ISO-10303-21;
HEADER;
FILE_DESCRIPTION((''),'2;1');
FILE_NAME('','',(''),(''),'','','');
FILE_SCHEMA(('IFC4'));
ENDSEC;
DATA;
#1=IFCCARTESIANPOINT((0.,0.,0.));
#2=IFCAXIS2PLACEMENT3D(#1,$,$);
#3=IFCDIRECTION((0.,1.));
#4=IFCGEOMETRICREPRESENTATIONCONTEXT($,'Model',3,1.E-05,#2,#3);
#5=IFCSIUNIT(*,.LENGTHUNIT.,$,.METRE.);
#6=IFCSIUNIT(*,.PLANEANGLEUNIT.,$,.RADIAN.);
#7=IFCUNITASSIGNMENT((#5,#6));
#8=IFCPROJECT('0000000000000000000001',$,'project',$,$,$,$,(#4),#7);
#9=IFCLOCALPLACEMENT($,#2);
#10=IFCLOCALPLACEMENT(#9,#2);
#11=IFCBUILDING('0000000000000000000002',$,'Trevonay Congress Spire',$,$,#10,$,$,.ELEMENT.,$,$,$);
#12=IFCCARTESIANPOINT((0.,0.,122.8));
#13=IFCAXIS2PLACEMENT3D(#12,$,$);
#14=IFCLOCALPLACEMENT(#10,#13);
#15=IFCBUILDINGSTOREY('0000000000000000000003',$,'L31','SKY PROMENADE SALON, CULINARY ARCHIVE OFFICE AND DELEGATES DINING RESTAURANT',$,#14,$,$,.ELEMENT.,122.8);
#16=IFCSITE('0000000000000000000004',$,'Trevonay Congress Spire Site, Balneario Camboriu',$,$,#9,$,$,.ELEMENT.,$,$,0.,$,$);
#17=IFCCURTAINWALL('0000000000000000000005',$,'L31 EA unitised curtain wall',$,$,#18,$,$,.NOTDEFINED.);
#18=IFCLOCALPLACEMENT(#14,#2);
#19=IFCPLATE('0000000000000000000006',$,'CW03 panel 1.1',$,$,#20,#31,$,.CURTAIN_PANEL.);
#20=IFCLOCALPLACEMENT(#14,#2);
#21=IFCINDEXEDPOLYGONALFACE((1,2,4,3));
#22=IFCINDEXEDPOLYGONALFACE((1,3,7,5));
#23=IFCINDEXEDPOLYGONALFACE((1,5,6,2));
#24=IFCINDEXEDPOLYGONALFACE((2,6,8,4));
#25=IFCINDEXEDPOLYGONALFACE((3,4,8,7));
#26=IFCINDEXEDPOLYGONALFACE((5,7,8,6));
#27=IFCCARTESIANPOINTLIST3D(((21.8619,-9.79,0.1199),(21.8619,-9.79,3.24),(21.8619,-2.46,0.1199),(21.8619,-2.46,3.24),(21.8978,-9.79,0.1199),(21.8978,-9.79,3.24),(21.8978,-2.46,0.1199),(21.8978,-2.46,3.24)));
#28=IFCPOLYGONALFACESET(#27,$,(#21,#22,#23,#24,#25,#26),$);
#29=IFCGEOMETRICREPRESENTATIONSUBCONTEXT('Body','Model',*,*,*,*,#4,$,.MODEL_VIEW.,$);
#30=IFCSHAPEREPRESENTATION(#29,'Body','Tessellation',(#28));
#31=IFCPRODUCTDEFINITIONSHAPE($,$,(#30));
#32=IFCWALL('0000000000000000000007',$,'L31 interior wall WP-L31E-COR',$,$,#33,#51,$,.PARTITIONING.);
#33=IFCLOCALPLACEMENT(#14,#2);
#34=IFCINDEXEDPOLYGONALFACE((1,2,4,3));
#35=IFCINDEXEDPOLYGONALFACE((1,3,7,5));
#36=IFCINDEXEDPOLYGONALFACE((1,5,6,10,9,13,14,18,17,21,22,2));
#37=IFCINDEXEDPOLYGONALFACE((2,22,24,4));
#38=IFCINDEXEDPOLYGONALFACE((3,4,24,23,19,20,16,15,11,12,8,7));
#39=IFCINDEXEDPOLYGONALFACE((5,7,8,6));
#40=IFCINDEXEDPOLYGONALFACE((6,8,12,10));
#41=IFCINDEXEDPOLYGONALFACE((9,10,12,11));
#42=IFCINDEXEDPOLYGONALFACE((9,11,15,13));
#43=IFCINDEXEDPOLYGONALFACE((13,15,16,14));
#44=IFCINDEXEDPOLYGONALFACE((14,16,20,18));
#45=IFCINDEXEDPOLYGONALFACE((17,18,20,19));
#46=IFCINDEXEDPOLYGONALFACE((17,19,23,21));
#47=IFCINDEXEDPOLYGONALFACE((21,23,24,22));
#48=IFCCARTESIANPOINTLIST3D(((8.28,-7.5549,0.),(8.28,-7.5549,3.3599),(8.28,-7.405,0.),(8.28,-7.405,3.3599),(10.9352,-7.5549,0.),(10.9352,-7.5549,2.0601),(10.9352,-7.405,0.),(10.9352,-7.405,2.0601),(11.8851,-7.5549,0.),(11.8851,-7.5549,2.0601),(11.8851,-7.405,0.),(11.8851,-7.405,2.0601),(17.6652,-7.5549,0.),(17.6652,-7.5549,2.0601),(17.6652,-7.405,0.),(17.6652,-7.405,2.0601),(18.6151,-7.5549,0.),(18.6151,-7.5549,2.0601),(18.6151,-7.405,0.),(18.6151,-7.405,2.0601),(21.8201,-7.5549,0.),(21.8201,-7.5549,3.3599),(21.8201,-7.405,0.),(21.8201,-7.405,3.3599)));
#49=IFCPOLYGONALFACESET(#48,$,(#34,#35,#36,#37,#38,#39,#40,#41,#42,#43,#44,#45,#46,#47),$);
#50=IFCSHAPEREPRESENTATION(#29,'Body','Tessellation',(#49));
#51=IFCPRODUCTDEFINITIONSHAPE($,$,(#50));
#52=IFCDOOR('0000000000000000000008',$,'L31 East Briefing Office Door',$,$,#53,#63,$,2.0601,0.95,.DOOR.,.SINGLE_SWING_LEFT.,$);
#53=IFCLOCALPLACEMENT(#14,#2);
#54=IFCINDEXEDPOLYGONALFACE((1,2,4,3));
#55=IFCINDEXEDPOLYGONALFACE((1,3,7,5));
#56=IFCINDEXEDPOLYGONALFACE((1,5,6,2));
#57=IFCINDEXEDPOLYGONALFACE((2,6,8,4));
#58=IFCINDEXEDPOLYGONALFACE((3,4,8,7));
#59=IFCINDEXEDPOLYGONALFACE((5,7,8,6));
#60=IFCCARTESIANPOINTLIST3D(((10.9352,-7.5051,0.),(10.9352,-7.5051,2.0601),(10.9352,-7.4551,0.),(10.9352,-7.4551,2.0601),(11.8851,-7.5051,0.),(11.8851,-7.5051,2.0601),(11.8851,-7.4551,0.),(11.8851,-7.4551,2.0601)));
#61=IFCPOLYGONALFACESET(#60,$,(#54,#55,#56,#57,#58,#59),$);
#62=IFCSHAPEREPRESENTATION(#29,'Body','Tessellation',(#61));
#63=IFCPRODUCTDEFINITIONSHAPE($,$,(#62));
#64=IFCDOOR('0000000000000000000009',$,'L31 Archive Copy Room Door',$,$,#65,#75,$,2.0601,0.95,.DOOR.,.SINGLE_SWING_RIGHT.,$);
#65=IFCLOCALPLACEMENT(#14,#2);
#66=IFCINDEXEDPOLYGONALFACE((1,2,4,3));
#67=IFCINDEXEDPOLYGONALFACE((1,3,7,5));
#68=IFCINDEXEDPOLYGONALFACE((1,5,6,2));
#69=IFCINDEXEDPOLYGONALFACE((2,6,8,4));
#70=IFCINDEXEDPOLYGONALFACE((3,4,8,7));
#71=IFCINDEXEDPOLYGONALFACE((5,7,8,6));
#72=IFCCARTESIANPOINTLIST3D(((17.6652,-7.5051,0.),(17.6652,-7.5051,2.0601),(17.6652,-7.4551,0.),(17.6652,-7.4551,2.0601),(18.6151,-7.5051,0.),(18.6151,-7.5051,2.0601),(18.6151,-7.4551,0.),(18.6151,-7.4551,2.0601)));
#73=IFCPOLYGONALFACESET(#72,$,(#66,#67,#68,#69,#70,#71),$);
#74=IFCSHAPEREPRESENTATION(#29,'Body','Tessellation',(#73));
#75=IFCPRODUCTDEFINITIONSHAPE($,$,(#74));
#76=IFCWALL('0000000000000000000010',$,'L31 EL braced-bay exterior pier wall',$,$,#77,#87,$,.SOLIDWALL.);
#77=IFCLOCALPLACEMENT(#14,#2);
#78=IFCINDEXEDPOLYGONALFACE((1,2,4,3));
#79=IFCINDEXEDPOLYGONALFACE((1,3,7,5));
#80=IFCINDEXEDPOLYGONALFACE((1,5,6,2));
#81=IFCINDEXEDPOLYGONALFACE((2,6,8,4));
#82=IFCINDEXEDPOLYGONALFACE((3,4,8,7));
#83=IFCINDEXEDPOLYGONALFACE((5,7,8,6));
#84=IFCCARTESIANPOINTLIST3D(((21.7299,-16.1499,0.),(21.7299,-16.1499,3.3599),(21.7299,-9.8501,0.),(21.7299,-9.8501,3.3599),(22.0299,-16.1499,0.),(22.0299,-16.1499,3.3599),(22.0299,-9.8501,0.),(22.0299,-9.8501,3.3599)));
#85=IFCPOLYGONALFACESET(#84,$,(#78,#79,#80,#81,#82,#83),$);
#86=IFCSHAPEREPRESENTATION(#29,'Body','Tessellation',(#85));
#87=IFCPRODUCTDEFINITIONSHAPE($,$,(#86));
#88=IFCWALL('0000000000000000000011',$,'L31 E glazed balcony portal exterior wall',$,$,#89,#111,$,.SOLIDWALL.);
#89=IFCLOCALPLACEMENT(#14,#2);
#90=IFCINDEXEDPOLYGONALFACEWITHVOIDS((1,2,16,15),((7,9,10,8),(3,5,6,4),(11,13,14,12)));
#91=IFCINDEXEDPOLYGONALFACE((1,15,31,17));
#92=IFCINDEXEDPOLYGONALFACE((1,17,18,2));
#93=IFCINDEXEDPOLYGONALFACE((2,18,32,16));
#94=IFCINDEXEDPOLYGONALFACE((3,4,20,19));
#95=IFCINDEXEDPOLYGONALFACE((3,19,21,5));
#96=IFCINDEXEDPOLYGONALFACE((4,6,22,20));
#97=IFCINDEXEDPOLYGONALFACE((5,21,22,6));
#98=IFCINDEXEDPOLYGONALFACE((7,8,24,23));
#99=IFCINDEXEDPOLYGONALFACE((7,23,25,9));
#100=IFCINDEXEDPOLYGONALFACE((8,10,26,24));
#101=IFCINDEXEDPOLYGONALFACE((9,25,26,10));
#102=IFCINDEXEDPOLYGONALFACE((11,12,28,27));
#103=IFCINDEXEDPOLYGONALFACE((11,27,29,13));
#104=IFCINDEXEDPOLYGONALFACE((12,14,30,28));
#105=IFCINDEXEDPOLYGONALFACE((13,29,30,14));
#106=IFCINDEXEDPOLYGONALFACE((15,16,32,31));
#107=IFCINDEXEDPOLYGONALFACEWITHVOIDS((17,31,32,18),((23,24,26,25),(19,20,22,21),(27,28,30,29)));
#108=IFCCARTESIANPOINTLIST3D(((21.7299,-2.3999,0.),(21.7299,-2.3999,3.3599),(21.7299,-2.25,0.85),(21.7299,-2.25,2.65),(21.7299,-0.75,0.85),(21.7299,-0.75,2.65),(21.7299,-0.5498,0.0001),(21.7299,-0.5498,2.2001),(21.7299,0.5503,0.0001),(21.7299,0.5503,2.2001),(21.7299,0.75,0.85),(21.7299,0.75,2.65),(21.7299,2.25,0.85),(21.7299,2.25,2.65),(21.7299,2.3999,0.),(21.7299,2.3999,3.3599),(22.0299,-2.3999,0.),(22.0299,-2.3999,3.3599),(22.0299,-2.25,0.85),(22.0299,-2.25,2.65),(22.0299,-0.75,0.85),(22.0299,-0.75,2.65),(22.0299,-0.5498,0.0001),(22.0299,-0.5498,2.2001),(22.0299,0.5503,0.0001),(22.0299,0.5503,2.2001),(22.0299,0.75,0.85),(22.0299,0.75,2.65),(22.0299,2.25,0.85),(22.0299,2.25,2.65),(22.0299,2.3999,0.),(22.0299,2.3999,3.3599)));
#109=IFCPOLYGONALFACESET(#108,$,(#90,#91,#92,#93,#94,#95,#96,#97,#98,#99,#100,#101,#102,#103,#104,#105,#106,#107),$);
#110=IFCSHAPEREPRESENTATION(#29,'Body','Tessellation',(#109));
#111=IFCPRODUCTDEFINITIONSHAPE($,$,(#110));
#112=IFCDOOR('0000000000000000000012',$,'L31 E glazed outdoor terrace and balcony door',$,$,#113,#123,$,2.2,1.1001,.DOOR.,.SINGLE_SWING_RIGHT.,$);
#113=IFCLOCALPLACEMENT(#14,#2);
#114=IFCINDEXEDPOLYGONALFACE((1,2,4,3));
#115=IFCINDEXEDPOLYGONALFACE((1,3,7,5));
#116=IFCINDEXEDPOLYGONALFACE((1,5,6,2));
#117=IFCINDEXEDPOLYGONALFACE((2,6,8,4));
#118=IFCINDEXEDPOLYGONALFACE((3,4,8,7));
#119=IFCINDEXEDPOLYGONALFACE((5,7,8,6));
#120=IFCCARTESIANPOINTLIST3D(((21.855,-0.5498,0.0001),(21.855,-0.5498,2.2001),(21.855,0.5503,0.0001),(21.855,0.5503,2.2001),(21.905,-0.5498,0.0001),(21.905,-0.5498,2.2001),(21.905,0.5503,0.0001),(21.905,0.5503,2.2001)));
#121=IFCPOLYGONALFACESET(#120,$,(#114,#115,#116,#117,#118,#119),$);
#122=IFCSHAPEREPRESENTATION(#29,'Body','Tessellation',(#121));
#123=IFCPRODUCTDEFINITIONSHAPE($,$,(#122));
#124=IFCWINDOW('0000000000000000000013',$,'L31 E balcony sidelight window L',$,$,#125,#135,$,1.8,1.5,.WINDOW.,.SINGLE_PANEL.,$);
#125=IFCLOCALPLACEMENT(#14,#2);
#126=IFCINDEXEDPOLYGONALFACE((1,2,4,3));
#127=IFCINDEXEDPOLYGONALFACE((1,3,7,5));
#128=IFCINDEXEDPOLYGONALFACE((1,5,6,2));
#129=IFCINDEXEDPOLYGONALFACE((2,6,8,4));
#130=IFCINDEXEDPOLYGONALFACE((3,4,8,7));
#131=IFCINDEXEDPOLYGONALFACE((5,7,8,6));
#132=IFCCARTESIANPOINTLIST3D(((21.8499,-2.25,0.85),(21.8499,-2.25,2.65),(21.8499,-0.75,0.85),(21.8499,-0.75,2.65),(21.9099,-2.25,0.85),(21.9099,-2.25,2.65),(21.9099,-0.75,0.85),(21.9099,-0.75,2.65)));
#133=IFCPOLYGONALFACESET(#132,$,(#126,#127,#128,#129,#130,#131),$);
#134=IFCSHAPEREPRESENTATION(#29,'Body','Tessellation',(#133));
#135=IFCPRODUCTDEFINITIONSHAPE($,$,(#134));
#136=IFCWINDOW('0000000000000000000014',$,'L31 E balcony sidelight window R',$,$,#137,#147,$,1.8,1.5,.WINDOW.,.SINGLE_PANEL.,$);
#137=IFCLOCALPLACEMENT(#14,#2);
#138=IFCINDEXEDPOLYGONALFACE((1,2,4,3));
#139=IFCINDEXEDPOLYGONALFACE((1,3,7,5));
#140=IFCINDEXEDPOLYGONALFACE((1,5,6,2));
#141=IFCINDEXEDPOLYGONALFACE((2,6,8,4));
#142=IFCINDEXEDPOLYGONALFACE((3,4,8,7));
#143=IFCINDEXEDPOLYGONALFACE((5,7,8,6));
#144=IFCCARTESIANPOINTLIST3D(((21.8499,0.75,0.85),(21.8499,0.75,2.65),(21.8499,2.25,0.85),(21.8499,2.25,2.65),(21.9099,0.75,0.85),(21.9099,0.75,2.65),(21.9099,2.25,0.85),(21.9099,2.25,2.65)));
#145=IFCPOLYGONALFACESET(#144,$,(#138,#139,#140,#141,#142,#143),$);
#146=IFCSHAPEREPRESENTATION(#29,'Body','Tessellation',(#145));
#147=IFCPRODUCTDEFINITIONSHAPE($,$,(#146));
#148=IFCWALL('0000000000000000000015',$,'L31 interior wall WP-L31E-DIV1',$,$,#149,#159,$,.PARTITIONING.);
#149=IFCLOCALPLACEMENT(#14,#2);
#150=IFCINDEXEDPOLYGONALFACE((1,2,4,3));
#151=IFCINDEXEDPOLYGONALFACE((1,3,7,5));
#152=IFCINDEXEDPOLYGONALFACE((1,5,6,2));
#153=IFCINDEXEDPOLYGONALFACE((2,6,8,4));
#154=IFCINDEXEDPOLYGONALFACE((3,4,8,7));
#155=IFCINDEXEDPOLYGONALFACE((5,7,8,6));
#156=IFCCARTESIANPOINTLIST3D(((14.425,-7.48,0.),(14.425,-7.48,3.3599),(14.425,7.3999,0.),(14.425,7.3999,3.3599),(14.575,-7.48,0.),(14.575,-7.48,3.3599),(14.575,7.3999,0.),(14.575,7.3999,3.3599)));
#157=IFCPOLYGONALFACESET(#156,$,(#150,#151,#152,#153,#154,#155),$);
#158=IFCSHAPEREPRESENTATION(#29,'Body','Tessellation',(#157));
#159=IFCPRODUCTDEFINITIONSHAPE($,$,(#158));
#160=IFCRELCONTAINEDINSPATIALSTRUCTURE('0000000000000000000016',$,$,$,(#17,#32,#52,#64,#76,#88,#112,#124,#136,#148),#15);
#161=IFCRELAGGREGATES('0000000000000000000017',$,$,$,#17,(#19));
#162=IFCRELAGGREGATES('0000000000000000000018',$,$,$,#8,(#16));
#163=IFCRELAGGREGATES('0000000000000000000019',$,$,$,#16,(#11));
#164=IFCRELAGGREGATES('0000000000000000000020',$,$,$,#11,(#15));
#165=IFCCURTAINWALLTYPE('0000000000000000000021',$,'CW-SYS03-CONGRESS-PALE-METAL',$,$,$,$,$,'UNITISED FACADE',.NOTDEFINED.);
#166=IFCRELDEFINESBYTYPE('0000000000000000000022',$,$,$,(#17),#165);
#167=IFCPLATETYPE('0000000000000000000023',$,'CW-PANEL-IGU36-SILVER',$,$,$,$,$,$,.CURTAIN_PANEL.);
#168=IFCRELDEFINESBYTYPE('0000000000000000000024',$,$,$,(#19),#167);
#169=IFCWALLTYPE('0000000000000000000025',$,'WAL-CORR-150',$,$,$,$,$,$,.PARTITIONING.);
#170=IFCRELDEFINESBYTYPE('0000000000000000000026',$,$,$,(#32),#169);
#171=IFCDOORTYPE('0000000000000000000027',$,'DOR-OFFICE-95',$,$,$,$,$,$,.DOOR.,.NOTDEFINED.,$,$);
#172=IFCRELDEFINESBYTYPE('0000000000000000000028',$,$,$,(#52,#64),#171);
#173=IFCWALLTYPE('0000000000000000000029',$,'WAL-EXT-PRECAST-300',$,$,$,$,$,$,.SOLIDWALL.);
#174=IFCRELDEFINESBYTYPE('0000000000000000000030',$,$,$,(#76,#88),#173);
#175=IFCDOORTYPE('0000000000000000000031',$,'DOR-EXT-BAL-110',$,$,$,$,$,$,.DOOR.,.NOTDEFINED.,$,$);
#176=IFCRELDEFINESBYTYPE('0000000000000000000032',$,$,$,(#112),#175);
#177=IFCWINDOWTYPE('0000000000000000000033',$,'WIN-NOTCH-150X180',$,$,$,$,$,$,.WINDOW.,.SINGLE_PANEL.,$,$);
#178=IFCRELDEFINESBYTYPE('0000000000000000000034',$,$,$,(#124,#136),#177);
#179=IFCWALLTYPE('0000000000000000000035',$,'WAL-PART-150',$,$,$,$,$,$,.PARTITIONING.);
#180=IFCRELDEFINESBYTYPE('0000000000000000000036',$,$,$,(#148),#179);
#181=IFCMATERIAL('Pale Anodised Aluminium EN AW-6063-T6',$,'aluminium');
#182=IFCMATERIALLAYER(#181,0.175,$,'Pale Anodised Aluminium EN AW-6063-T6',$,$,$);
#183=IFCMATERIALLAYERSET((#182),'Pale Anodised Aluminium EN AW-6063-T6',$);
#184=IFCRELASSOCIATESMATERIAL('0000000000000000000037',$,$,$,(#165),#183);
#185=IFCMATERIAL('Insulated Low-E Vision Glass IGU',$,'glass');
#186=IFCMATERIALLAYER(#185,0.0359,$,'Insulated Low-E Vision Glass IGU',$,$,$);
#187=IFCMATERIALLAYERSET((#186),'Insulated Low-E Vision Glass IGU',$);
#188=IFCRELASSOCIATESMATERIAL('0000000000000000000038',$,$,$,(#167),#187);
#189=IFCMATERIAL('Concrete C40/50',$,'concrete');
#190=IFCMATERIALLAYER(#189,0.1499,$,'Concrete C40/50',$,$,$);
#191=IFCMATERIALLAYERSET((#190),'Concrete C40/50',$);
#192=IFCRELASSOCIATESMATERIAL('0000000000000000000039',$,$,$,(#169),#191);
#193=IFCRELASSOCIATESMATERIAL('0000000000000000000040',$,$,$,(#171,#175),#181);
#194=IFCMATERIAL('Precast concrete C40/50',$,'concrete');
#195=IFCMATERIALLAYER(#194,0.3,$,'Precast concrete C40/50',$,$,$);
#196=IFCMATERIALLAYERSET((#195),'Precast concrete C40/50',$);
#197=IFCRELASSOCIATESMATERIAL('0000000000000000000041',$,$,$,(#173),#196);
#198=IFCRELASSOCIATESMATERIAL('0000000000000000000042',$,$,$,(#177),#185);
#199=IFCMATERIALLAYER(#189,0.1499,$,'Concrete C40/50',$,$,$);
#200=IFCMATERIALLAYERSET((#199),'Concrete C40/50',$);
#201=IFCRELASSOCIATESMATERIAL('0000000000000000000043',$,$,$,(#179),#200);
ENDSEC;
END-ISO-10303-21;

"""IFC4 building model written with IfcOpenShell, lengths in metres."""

from ifc_helpers import new_model, si_unit, direction, frame, frame_2d, origin, origin_2d, place, context, subcontext, project, spatial, rectangle, extrude, material, layer, layer_set, type_object, element, fill, aggregate, save


model = new_model("IFC4")

# Units and contexts
model_context = context("Model", 3, precision=1e-05, world=origin(), true_north=direction((0.0, 1.0)))
body_context = subcontext(model_context, "Body", "Model", "MODEL_VIEW")
ifc_project = project(units=[si_unit("LENGTHUNIT", "METRE"), si_unit("PLANEANGLEUNIT", "RADIAN")], contexts=[model_context])

# Site, building, storey
site_placement = place(None, origin())
site = spatial("IfcSite", under=ifc_project, at=site_placement, Name="Trevonay Congress Spire Site, Balneario Camboriu", CompositionType="ELEMENT", RefElevation=0.0)
building_placement = place(site_placement, origin())
building = spatial("IfcBuilding", under=site, at=building_placement, Name="Trevonay Congress Spire", CompositionType="ELEMENT")
storey_placement = place(building_placement, frame((0.0, 0.0, 122.8)))
storey = spatial("IfcBuildingStorey", under=building, at=storey_placement, Name="L31", Description="SKY PROMENADE SALON, CULINARY ARCHIVE OFFICE AND DELEGATES DINING RESTAURANT", CompositionType="ELEMENT", Elevation=122.8)

# Curtain wall, plate
ifc_material_1 = material(Name="Pale Anodised Aluminium EN AW-6063-T6", Category="aluminium")
ifc_layer_1 = layer(ifc_material_1, 0.175, Name="Pale Anodised Aluminium EN AW-6063-T6")
ifc_layer_set_1 = layer_set([ifc_layer_1], Name="Pale Anodised Aluminium EN AW-6063-T6")
curtain_wall_type = type_object("IfcCurtainWallType", Name="CW-SYS03-CONGRESS-PALE-METAL", ElementType="UNITISED FACADE", PredefinedType="NOTDEFINED", material=ifc_layer_set_1)
curtain_wall_placement = place(storey_placement, origin())
curtain_wall = element("IfcCurtainWall", 1, at=curtain_wall_placement, inside=storey, type_object=curtain_wall_type, Name="L31 EA unitised curtain wall", PredefinedType="NOTDEFINED")
ifc_material_2 = material(Name="Insulated Low-E Vision Glass IGU", Category="glass")
ifc_layer_2 = layer(ifc_material_2, 0.0359, Name="Insulated Low-E Vision Glass IGU")
ifc_layer_set_2 = layer_set([ifc_layer_2], Name="Insulated Low-E Vision Glass IGU")
plate_type = type_object("IfcPlateType", Name="CW-PANEL-IGU36-SILVER", PredefinedType="CURTAIN_PANEL", material=ifc_layer_set_2)
plate_placement = place(storey_placement, frame((21.8799, -6.125, 0.1199), z_axis=(0.0, 0.0, 1.0), x_axis=(0.0, 1.0, 0.0)))
plate = element("IfcPlate", 2, at=plate_placement, type_object=plate_type, Name="CW03 panel 1.1", PredefinedType="CURTAIN_PANEL", context=body_context, shape_type="SweptSolid", body=[
    extrude(rectangle(XDim=7.3301, YDim=0.0359, at=origin_2d()), origin(), (0.0, 0.0, 1.0), 3.1201),
])
aggregate(curtain_wall, [plate])

# Wall, openings, doors
ifc_material_3 = material(Name="Concrete C40/50", Category="concrete")
ifc_layer_3 = layer(ifc_material_3, 0.1499, Name="Concrete C40/50")
ifc_layer_set_3 = layer_set([ifc_layer_3], Name="Concrete C40/50")
wall_type_1 = type_object("IfcWallType", Name="WAL-CORR-150", PredefinedType="PARTITIONING", material=ifc_layer_set_3)
wall_1_placement = place(storey_placement, frame((8.28, -7.48, 0.0), z_axis=(0.0, 0.0, 1.0), x_axis=(1.0, 0.0, 0.0)))
wall_1 = element("IfcWall", 3, at=wall_1_placement, inside=storey, type_object=wall_type_1, Name="L31 interior wall WP-L31E-COR", PredefinedType="PARTITIONING", context=body_context, shape_type="SweptSolid", body=[
    extrude(rectangle(XDim=13.54, YDim=0.1499, at=frame_2d((6.77, 0.0))), origin(), (0.0, 0.0, 1.0), 3.3599),
])
opening_1_placement = place(wall_1_placement, frame((2.655, 0.0, 0.0)))
opening_1 = element("IfcOpeningElement", 4, at=opening_1_placement, cuts=wall_1, PredefinedType="OPENING", context=body_context, shape_type="SweptSolid", body=[
    extrude(rectangle(XDim=0.95, YDim=2.0601, at=frame_2d((0.4751, 1.03))), frame((0.0, 0.085, 0.0), z_axis=(0.0, -1.0, 0.0), x_axis=(1.0, 0.0, 0.0)), (0.0, 0.0, 1.0), 0.1699),
])
opening_2_placement = place(wall_1_placement, frame((9.385, 0.0, 0.0)))
opening_2 = element("IfcOpeningElement", 5, at=opening_2_placement, cuts=wall_1, PredefinedType="OPENING", context=body_context, shape_type="SweptSolid", body=[
    extrude(rectangle(XDim=0.95, YDim=2.0601, at=frame_2d((0.4751, 1.03))), frame((0.0, 0.085, 0.0), z_axis=(0.0, -1.0, 0.0), x_axis=(1.0, 0.0, 0.0)), (0.0, 0.0, 1.0), 0.1699),
])
door_type_1 = type_object("IfcDoorType", Name="DOR-OFFICE-95", OperationType="NOTDEFINED", PredefinedType="DOOR", material=ifc_material_1)
door_1_placement = place(opening_1_placement, origin())
door_1 = element("IfcDoor", 6, at=door_1_placement, inside=storey, type_object=door_type_1, Name="L31 East Briefing Office Door", OperationType="SINGLE_SWING_LEFT", OverallHeight=2.0601, OverallWidth=0.95, PredefinedType="DOOR", context=body_context, shape_type="SweptSolid", body=[
    extrude(rectangle(XDim=0.95, YDim=2.0601, at=frame_2d((0.4751, 1.03))), frame((0.0, 0.0249, 0.0), z_axis=(0.0, -1.0, 0.0), x_axis=(1.0, 0.0, 0.0)), (0.0, 0.0, 1.0), 0.05),
])
fill(opening_1, door_1)
door_2_placement = place(opening_2_placement, origin())
door_2 = element("IfcDoor", 7, at=door_2_placement, inside=storey, type_object=door_type_1, Name="L31 Archive Copy Room Door", OperationType="SINGLE_SWING_RIGHT", OverallHeight=2.0601, OverallWidth=0.95, PredefinedType="DOOR", context=body_context, shape_type="SweptSolid", body=[
    extrude(rectangle(XDim=0.95, YDim=2.0601, at=frame_2d((0.4751, 1.03))), frame((0.0, 0.0249, 0.0), z_axis=(0.0, -1.0, 0.0), x_axis=(1.0, 0.0, 0.0)), (0.0, 0.0, 1.0), 0.05),
])
fill(opening_2, door_2)

# Wall
ifc_material_4 = material(Name="Precast concrete C40/50", Category="concrete")
ifc_layer_4 = layer(ifc_material_4, 0.3, Name="Precast concrete C40/50")
ifc_layer_set_4 = layer_set([ifc_layer_4], Name="Precast concrete C40/50")
wall_type_2 = type_object("IfcWallType", Name="WAL-EXT-PRECAST-300", PredefinedType="SOLIDWALL", material=ifc_layer_set_4)
wall_2_placement = place(storey_placement, frame((21.8799, -16.1499, 0.0), z_axis=(0.0, 0.0, 1.0), x_axis=(0.0, 1.0, 0.0)))
element("IfcWall", 8, at=wall_2_placement, inside=storey, type_object=wall_type_2, Name="L31 EL braced-bay exterior pier wall", PredefinedType="SOLIDWALL", context=body_context, shape_type="SweptSolid", body=[
    extrude(rectangle(XDim=6.2998, YDim=0.3, at=frame_2d((3.1499, 0.0))), origin(), (0.0, 0.0, 1.0), 3.3599),
])

# Wall, openings, door, windows
wall_3_placement = place(storey_placement, frame((21.8799, -2.3999, 0.0), z_axis=(0.0, 0.0, 1.0), x_axis=(0.0, 1.0, 0.0)))
wall_3 = element("IfcWall", 9, at=wall_3_placement, inside=storey, type_object=wall_type_2, Name="L31 E glazed balcony portal exterior wall", PredefinedType="SOLIDWALL", context=body_context, shape_type="SweptSolid", body=[
    extrude(rectangle(XDim=4.7998, YDim=0.3, at=frame_2d((2.3999, 0.0))), origin(), (0.0, 0.0, 1.0), 3.3599),
])
opening_3_placement = place(wall_3_placement, frame((1.8501, 0.0, 0.0)))
opening_3 = element("IfcOpeningElement", 10, at=opening_3_placement, cuts=wall_3, PredefinedType="OPENING", context=body_context, shape_type="SweptSolid", body=[
    extrude(rectangle(XDim=1.1001, YDim=2.2, at=frame_2d((0.55, 1.1001))), frame((0.0, 0.1602, 0.0), z_axis=(0.0, -1.0, 0.0), x_axis=(1.0, 0.0, 0.0)), (0.0, 0.0, 1.0), 0.3201),
])
opening_4_placement = place(wall_3_placement, frame((0.1499, 0.0, 0.8501)))
opening_4 = element("IfcOpeningElement", 11, at=opening_4_placement, cuts=wall_3, PredefinedType="OPENING", context=body_context, shape_type="SweptSolid", body=[
    extrude(rectangle(XDim=1.5, YDim=1.8, at=frame_2d((0.75, 0.8999))), frame((0.0, 0.1602, 0.0), z_axis=(0.0, -1.0, 0.0), x_axis=(1.0, 0.0, 0.0)), (0.0, 0.0, 1.0), 0.3201),
])
opening_5_placement = place(wall_3_placement, frame((3.1499, 0.0, 0.8501)))
opening_5 = element("IfcOpeningElement", 12, at=opening_5_placement, cuts=wall_3, PredefinedType="OPENING", context=body_context, shape_type="SweptSolid", body=[
    extrude(rectangle(XDim=1.5, YDim=1.8, at=frame_2d((0.75, 0.8999))), frame((0.0, 0.1602, 0.0), z_axis=(0.0, -1.0, 0.0), x_axis=(1.0, 0.0, 0.0)), (0.0, 0.0, 1.0), 0.3201),
])
door_type_2 = type_object("IfcDoorType", Name="DOR-EXT-BAL-110", OperationType="NOTDEFINED", PredefinedType="DOOR", material=ifc_material_1)
door_3_placement = place(opening_3_placement, origin())
door_3 = element("IfcDoor", 13, at=door_3_placement, inside=storey, type_object=door_type_2, Name="L31 E glazed outdoor terrace and balcony door", OperationType="SINGLE_SWING_RIGHT", OverallHeight=2.2, OverallWidth=1.1001, PredefinedType="DOOR", context=body_context, shape_type="SweptSolid", body=[
    extrude(rectangle(XDim=1.1001, YDim=2.2, at=frame_2d((0.55, 1.1001))), frame((0.0, 0.0249, 0.0), z_axis=(0.0, -1.0, 0.0), x_axis=(1.0, 0.0, 0.0)), (0.0, 0.0, 1.0), 0.05),
])
fill(opening_3, door_3)
window_type = type_object("IfcWindowType", Name="WIN-NOTCH-150X180", PartitioningType="SINGLE_PANEL", PredefinedType="WINDOW", material=ifc_material_2)
window_1_placement = place(opening_4_placement, origin())
window_1 = element("IfcWindow", 14, at=window_1_placement, inside=storey, type_object=window_type, Name="L31 E balcony sidelight window L", OverallHeight=1.8, OverallWidth=1.5, PartitioningType="SINGLE_PANEL", PredefinedType="WINDOW", context=body_context, shape_type="SweptSolid", body=[
    extrude(rectangle(XDim=1.5, YDim=1.8, at=frame_2d((0.75, 0.8999))), frame((0.0, 0.03, 0.0), z_axis=(0.0, -1.0, 0.0), x_axis=(1.0, 0.0, 0.0)), (0.0, 0.0, 1.0), 0.0601),
])
fill(opening_4, window_1)
window_2_placement = place(opening_5_placement, origin())
window_2 = element("IfcWindow", 15, at=window_2_placement, inside=storey, type_object=window_type, Name="L31 E balcony sidelight window R", OverallHeight=1.8, OverallWidth=1.5, PartitioningType="SINGLE_PANEL", PredefinedType="WINDOW", context=body_context, shape_type="SweptSolid", body=[
    extrude(rectangle(XDim=1.5, YDim=1.8, at=frame_2d((0.75, 0.8999))), frame((0.0, 0.03, 0.0), z_axis=(0.0, -1.0, 0.0), x_axis=(1.0, 0.0, 0.0)), (0.0, 0.0, 1.0), 0.0601),
])
fill(opening_5, window_2)

# Wall
ifc_layer_5 = layer(ifc_material_3, 0.1499, Name="Concrete C40/50")
ifc_layer_set_5 = layer_set([ifc_layer_5], Name="Concrete C40/50")
wall_type_3 = type_object("IfcWallType", Name="WAL-PART-150", PredefinedType="PARTITIONING", material=ifc_layer_set_5)
wall_4_placement = place(storey_placement, frame((14.5, -7.48, 0.0), z_axis=(0.0, 0.0, 1.0), x_axis=(0.0, 1.0, 0.0)))
element("IfcWall", 16, at=wall_4_placement, inside=storey, type_object=wall_type_3, Name="L31 interior wall WP-L31E-DIV1", PredefinedType="PARTITIONING", context=body_context, shape_type="SweptSolid", body=[
    extrude(rectangle(XDim=14.8799, YDim=0.1499, at=frame_2d((7.4399, 0.0))), origin(), (0.0, 0.0, 1.0), 3.3599),
])

save(model, "model.ifc")
